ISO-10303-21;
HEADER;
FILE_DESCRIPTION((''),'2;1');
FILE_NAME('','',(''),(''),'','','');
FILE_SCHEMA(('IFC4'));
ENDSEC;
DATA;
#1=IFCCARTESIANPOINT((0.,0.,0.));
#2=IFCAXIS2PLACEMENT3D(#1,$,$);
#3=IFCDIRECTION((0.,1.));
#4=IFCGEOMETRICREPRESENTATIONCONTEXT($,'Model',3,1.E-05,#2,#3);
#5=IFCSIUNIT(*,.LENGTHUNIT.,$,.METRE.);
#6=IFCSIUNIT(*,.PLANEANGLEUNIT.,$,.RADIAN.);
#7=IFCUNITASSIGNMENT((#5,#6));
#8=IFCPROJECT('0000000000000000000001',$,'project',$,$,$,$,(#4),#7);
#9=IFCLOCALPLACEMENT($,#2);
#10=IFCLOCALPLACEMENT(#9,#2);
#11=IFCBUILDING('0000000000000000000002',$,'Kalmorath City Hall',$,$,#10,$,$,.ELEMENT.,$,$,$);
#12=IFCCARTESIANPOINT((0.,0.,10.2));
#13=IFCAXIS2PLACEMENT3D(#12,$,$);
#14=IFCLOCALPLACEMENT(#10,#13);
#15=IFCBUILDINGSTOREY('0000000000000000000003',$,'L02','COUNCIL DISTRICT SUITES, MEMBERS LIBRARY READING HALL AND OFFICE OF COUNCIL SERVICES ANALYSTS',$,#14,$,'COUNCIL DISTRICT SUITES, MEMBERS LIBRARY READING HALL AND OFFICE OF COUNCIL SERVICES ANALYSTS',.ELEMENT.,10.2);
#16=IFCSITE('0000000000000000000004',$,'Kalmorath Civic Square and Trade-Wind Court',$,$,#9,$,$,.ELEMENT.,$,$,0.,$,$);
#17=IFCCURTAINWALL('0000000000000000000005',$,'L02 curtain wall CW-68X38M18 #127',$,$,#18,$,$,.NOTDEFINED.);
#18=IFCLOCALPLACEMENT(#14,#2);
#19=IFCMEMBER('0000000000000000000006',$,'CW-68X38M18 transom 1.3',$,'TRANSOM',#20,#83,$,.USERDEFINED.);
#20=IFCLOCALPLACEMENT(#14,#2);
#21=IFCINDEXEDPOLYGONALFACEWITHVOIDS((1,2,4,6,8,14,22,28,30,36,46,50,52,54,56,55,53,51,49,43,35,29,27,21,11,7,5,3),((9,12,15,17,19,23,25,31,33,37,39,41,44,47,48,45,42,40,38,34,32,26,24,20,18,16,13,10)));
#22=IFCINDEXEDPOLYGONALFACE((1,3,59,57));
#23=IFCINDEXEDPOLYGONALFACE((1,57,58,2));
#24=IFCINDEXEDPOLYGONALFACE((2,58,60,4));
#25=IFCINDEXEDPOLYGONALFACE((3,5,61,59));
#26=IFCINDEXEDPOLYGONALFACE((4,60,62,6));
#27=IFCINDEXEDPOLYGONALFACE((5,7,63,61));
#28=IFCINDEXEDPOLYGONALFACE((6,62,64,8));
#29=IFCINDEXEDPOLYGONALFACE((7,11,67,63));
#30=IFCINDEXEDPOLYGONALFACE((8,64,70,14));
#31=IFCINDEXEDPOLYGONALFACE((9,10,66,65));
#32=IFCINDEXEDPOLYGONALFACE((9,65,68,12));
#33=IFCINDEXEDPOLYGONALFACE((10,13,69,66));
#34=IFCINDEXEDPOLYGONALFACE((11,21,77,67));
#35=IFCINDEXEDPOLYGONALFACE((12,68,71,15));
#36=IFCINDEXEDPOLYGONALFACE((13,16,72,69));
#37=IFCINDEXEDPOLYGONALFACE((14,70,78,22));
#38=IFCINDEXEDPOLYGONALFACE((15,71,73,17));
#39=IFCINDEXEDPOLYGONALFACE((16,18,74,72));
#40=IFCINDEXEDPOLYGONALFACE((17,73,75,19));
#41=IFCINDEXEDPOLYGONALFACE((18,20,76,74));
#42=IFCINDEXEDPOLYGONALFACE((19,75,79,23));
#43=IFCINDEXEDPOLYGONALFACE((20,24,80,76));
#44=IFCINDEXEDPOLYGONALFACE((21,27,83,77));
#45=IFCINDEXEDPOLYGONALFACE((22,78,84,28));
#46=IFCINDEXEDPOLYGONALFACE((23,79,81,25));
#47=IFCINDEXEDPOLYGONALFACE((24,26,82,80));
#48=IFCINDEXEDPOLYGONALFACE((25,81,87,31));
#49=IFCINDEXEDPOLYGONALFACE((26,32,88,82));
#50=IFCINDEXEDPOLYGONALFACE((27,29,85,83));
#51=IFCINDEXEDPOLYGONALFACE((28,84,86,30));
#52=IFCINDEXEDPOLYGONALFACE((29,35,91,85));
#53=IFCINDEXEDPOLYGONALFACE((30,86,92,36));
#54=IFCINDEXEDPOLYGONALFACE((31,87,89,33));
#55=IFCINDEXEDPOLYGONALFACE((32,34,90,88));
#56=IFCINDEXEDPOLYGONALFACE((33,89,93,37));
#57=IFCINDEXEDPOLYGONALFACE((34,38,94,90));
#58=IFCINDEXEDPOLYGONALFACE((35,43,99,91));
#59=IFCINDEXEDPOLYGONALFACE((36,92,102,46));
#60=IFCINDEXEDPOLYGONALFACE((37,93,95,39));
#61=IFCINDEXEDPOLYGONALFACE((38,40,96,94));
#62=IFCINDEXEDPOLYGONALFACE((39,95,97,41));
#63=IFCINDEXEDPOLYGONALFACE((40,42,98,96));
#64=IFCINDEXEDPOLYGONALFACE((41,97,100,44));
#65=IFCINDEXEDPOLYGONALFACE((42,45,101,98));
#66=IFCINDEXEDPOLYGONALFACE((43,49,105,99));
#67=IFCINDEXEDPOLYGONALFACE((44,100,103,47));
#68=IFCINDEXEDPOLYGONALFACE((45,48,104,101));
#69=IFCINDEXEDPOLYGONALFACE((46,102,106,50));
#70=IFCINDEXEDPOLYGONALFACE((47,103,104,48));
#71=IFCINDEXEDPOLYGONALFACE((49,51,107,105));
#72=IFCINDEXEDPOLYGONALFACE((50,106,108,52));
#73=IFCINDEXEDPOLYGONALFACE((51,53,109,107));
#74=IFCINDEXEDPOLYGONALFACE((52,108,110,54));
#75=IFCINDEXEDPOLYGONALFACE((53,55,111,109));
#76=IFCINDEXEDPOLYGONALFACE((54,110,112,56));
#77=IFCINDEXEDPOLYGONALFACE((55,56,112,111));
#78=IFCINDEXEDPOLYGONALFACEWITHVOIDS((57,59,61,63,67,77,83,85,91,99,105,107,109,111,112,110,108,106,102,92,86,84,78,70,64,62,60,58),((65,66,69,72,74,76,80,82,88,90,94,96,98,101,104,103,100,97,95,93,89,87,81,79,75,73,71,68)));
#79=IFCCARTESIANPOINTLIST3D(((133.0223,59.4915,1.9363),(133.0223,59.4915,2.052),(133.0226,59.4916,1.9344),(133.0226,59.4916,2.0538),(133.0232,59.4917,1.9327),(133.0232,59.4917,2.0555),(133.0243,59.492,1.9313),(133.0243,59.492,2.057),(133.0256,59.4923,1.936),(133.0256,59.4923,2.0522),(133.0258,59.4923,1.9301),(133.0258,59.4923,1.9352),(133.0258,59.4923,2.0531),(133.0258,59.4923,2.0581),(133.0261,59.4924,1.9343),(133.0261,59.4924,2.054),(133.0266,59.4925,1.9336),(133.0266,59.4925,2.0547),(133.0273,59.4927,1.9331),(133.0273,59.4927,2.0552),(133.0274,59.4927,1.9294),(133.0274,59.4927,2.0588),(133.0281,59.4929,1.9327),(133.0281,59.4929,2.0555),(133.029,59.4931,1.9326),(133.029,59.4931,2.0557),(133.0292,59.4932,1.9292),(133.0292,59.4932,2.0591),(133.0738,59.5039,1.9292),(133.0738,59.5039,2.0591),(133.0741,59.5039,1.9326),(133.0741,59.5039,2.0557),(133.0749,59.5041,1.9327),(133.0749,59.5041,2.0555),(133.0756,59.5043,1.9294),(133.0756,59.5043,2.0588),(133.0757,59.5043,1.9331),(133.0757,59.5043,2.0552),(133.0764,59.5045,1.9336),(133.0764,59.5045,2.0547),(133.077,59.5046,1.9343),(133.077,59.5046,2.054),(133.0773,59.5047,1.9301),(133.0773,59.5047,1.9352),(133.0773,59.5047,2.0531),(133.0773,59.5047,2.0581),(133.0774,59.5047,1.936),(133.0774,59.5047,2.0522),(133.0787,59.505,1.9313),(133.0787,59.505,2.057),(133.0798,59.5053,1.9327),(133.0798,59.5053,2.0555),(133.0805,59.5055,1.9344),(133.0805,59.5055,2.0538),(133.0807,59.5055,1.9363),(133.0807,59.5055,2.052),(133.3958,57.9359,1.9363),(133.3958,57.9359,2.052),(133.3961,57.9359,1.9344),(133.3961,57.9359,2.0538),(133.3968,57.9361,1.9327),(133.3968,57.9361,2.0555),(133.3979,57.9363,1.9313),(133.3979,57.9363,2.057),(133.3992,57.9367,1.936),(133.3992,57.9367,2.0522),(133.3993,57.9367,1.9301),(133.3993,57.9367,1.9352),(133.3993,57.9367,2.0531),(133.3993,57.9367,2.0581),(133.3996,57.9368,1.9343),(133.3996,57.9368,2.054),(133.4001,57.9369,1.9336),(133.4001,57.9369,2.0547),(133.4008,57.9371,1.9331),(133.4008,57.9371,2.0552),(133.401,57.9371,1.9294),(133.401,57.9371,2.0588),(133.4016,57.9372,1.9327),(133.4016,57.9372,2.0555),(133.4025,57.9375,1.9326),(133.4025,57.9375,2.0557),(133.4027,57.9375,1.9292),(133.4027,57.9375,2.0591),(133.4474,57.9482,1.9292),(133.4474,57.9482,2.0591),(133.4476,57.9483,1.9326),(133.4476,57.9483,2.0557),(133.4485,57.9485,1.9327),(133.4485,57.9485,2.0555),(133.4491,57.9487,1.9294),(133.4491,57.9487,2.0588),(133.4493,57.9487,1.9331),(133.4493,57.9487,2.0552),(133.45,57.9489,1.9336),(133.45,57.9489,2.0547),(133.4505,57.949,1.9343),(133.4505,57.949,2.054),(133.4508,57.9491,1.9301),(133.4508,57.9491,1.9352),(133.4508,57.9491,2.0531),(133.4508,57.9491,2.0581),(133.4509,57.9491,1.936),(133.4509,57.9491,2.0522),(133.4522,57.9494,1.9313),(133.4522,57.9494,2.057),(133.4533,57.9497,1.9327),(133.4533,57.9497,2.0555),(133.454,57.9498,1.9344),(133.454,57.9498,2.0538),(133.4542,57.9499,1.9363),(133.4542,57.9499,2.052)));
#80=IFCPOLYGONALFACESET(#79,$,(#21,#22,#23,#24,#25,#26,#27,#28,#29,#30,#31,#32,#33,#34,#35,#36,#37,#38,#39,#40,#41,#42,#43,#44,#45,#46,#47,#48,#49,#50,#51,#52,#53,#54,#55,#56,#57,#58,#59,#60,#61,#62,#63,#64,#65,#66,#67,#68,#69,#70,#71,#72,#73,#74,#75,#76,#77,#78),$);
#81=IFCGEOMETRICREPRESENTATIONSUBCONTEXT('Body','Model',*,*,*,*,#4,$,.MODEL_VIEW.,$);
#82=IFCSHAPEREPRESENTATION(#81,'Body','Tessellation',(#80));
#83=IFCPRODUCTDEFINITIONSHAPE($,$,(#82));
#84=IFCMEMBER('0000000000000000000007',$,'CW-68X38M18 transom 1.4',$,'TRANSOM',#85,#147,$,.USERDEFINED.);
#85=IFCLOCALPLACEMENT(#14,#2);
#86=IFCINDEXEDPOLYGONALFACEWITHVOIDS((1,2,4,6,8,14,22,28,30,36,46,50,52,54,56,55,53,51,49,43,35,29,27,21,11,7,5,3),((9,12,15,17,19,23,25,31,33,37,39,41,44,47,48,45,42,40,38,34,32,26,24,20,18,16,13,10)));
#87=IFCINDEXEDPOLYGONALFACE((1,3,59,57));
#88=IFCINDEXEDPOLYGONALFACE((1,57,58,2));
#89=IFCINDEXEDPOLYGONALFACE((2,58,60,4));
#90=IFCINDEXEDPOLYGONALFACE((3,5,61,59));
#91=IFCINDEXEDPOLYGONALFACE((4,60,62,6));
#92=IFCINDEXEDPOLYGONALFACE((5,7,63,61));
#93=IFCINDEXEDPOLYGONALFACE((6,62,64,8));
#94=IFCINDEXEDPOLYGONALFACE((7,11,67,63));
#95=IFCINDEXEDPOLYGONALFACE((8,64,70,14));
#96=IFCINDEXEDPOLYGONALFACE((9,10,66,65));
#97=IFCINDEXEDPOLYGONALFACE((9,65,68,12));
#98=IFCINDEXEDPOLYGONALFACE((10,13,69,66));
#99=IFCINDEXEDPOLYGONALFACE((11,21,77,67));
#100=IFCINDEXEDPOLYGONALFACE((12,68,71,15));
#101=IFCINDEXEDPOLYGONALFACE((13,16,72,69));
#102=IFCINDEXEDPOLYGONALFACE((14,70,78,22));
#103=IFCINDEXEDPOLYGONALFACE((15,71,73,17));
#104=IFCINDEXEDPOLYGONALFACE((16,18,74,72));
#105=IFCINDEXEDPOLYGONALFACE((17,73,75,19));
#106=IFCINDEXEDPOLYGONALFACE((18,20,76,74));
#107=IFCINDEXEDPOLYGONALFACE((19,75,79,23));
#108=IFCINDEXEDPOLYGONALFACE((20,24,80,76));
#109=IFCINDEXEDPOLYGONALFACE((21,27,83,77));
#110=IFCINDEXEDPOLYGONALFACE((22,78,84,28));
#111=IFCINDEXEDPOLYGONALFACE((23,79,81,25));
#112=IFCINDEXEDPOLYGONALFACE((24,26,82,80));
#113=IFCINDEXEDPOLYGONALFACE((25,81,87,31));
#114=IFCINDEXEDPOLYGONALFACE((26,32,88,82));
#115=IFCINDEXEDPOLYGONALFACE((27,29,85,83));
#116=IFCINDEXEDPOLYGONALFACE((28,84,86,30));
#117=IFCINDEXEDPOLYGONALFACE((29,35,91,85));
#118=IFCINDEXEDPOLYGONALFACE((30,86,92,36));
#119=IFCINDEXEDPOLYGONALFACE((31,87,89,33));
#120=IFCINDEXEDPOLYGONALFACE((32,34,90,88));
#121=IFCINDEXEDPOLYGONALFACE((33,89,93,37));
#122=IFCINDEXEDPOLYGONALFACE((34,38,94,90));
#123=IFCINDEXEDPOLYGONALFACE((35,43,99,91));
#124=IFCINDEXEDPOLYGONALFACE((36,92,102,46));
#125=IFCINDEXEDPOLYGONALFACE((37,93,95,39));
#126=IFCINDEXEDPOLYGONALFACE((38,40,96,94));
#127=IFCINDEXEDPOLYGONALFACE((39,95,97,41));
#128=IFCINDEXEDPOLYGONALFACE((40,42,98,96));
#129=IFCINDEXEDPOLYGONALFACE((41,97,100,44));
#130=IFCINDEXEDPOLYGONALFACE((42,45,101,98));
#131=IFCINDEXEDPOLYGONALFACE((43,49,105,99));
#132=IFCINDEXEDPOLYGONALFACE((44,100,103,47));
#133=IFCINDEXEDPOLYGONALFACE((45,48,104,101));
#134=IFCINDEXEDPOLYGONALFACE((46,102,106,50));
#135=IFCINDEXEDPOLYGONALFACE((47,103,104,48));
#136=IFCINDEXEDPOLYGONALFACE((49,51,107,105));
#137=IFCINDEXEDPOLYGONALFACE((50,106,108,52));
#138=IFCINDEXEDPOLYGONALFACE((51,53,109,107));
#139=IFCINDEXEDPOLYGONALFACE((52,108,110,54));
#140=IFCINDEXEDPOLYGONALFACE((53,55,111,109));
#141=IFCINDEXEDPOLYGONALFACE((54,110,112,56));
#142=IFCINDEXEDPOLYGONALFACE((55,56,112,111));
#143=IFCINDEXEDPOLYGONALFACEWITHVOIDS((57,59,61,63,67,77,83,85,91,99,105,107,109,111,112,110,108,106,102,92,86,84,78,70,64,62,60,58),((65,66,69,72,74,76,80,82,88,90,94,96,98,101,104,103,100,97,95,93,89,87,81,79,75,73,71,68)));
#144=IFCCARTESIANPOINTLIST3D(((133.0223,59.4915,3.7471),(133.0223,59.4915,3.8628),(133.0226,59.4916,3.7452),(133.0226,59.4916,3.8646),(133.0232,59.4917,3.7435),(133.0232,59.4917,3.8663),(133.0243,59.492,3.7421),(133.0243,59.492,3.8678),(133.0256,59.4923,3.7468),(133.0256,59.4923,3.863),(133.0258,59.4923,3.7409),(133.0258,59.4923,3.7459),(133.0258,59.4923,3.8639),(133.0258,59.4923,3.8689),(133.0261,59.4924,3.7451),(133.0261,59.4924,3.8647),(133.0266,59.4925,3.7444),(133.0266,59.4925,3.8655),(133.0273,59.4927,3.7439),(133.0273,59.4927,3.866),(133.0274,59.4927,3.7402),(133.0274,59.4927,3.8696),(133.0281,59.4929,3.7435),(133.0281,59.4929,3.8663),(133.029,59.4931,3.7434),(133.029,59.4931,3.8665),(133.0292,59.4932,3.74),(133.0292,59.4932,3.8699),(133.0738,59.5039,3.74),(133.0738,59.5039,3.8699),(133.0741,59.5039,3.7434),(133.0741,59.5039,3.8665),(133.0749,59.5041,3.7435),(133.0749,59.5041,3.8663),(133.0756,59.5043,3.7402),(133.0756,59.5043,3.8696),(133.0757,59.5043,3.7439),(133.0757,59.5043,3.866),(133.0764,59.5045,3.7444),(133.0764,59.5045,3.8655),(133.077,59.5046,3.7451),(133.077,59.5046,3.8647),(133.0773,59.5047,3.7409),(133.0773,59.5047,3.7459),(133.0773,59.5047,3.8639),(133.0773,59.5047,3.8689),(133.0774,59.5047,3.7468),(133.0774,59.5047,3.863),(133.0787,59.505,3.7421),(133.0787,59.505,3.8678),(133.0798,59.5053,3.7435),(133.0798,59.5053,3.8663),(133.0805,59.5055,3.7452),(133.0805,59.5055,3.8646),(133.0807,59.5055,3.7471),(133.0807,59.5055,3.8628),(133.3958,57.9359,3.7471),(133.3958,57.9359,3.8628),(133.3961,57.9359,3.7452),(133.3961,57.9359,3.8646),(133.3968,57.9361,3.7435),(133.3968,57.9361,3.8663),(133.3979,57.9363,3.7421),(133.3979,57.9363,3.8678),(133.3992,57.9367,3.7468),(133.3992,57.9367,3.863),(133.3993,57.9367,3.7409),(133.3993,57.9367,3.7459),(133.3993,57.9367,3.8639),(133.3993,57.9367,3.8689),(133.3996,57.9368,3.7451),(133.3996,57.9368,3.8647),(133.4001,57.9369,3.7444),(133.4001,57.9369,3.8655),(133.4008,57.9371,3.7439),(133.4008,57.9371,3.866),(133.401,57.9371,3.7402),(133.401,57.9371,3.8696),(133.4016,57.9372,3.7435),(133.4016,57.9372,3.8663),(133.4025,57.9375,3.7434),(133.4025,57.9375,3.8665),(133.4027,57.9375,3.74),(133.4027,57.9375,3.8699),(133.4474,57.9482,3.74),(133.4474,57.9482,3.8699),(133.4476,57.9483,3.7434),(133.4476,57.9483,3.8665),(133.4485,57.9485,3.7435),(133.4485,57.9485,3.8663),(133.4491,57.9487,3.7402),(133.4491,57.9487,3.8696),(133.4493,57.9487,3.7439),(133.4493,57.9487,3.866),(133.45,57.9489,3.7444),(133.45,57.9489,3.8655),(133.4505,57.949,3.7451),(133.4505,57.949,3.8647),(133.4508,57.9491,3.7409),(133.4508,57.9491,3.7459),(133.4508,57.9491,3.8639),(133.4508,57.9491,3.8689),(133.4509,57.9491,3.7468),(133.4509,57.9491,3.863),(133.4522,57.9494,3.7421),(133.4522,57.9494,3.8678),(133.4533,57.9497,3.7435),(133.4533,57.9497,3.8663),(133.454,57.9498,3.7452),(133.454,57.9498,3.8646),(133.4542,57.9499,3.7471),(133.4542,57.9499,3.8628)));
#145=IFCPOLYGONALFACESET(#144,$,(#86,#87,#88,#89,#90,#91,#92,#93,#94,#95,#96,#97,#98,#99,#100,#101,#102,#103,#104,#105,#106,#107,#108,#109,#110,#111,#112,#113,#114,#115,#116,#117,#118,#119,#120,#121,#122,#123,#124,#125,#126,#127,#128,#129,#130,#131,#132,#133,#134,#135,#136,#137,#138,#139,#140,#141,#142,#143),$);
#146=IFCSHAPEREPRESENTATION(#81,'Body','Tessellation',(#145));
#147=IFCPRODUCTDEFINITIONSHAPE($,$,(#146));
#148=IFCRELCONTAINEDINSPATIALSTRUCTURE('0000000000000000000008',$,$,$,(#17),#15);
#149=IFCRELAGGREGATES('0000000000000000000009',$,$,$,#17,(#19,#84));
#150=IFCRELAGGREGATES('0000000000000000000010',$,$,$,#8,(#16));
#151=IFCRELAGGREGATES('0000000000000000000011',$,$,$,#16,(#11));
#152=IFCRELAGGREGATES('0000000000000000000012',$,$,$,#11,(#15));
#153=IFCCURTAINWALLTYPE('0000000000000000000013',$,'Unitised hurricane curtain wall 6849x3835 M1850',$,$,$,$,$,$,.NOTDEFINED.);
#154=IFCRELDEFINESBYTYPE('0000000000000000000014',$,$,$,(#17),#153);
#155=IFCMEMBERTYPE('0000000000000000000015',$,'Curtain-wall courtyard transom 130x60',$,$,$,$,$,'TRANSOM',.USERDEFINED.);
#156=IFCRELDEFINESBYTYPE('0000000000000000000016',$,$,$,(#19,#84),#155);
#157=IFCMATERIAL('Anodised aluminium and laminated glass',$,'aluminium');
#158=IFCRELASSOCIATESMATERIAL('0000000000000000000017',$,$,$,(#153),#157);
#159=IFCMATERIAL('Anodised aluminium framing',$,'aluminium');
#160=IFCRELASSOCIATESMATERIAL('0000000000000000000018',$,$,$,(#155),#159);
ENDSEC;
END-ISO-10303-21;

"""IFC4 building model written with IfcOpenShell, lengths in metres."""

from ifc_helpers import new_model, si_unit, direction, frame, origin, origin_2d, place, context, subcontext, project, spatial, hollow_rectangle, extrude, material, material_profile, profile_set, type_object, element, aggregate, save


model = new_model("IFC4")

# Units and contexts
model_context = context("Model", 3, precision=1e-05, world=origin(), true_north=direction((0.0, 1.0)))
body_context = subcontext(model_context, "Body", "Model", "MODEL_VIEW")
ifc_project = project(units=[si_unit("LENGTHUNIT", "METRE"), si_unit("PLANEANGLEUNIT", "RADIAN")], contexts=[model_context])

# Site, building, storey
site_placement = place(None, origin())
site = spatial("IfcSite", under=ifc_project, at=site_placement, Name="Kalmorath Civic Square and Trade-Wind Court", CompositionType="ELEMENT", RefElevation=0.0)
building_placement = place(site_placement, origin())
building = spatial("IfcBuilding", under=site, at=building_placement, Name="Kalmorath City Hall", CompositionType="ELEMENT")
storey_placement = place(building_placement, frame((0.0, 0.0, 10.2)))
storey = spatial("IfcBuildingStorey", under=building, at=storey_placement, Name="L02", Description="COUNCIL DISTRICT SUITES, MEMBERS LIBRARY READING HALL AND OFFICE OF COUNCIL SERVICES ANALYSTS", LongName="COUNCIL DISTRICT SUITES, MEMBERS LIBRARY READING HALL AND OFFICE OF COUNCIL SERVICES ANALYSTS", CompositionType="ELEMENT", Elevation=10.2)

# Curtain wall, members
ifc_material_1 = material(Name="Anodised aluminium and laminated glass", Category="aluminium")
curtain_wall_type = type_object("IfcCurtainWallType", Name="Unitised hurricane curtain wall 6849x3835 M1850", PredefinedType="NOTDEFINED", material=ifc_material_1)
ifc_material_2 = material(Name="Anodised aluminium framing", Category="aluminium")
ifc_material_profile_1 = material_profile(ifc_material_2, hollow_rectangle(XDim=0.0601, YDim=0.1299, WallThickness=0.0034, InnerFilletRadius=0.0034, OuterFilletRadius=0.0071, at=origin_2d()), Name="ALU-TRN-130X60X3.5")
ifc_profile_set_1 = profile_set([ifc_material_profile_1], Name="Anodised aluminium framing")
member_type_1 = type_object("IfcMemberType", Name="Curtain-wall courtyard transom 130x60", ElementType="TRANSOM", PredefinedType="USERDEFINED", material=ifc_profile_set_1)
curtain_wall_1_placement = place(storey_placement, origin())
curtain_wall_1 = element("IfcCurtainWall", 1, at=curtain_wall_1_placement, inside=storey, type_object=curtain_wall_type, Name="L02 curtain wall CW-68X38M18 #127", PredefinedType="NOTDEFINED")
member_1_placement = place(storey_placement, frame((133.425, 57.9429, 1.9941), z_axis=(-0.233477, 0.972362, 0.0), x_axis=(-0.972362, -0.233477, 0.0)))
member_1 = element("IfcMember", 2, at=member_1_placement, type_object=member_type_1, Name="CW-68X38M18 transom 1.3", ObjectType="TRANSOM", PredefinedType="USERDEFINED", context=body_context, shape_type="SweptSolid", body=[
    extrude(hollow_rectangle(XDim=0.0601, YDim=0.1299, WallThickness=0.0034, InnerFilletRadius=0.0034, OuterFilletRadius=0.0071, at=origin_2d()), origin(), (0.0, 0.0, 1.0), 1.5999),
])
member_2_placement = place(storey_placement, frame((133.425, 57.9429, 3.8049), z_axis=(-0.233477, 0.972362, 0.0), x_axis=(-0.972362, -0.233477, 0.0)))
member_2 = element("IfcMember", 3, at=member_2_placement, type_object=member_type_1, Name="CW-68X38M18 transom 1.4", ObjectType="TRANSOM", PredefinedType="USERDEFINED", context=body_context, shape_type="SweptSolid", body=[
    extrude(hollow_rectangle(XDim=0.0601, YDim=0.1299, WallThickness=0.0034, InnerFilletRadius=0.0034, OuterFilletRadius=0.0071, at=origin_2d()), origin(), (0.0, 0.0, 1.0), 1.5999),
])

aggregate(curtain_wall_1, [member_1, member_2])

save(model, "model.ifc")
